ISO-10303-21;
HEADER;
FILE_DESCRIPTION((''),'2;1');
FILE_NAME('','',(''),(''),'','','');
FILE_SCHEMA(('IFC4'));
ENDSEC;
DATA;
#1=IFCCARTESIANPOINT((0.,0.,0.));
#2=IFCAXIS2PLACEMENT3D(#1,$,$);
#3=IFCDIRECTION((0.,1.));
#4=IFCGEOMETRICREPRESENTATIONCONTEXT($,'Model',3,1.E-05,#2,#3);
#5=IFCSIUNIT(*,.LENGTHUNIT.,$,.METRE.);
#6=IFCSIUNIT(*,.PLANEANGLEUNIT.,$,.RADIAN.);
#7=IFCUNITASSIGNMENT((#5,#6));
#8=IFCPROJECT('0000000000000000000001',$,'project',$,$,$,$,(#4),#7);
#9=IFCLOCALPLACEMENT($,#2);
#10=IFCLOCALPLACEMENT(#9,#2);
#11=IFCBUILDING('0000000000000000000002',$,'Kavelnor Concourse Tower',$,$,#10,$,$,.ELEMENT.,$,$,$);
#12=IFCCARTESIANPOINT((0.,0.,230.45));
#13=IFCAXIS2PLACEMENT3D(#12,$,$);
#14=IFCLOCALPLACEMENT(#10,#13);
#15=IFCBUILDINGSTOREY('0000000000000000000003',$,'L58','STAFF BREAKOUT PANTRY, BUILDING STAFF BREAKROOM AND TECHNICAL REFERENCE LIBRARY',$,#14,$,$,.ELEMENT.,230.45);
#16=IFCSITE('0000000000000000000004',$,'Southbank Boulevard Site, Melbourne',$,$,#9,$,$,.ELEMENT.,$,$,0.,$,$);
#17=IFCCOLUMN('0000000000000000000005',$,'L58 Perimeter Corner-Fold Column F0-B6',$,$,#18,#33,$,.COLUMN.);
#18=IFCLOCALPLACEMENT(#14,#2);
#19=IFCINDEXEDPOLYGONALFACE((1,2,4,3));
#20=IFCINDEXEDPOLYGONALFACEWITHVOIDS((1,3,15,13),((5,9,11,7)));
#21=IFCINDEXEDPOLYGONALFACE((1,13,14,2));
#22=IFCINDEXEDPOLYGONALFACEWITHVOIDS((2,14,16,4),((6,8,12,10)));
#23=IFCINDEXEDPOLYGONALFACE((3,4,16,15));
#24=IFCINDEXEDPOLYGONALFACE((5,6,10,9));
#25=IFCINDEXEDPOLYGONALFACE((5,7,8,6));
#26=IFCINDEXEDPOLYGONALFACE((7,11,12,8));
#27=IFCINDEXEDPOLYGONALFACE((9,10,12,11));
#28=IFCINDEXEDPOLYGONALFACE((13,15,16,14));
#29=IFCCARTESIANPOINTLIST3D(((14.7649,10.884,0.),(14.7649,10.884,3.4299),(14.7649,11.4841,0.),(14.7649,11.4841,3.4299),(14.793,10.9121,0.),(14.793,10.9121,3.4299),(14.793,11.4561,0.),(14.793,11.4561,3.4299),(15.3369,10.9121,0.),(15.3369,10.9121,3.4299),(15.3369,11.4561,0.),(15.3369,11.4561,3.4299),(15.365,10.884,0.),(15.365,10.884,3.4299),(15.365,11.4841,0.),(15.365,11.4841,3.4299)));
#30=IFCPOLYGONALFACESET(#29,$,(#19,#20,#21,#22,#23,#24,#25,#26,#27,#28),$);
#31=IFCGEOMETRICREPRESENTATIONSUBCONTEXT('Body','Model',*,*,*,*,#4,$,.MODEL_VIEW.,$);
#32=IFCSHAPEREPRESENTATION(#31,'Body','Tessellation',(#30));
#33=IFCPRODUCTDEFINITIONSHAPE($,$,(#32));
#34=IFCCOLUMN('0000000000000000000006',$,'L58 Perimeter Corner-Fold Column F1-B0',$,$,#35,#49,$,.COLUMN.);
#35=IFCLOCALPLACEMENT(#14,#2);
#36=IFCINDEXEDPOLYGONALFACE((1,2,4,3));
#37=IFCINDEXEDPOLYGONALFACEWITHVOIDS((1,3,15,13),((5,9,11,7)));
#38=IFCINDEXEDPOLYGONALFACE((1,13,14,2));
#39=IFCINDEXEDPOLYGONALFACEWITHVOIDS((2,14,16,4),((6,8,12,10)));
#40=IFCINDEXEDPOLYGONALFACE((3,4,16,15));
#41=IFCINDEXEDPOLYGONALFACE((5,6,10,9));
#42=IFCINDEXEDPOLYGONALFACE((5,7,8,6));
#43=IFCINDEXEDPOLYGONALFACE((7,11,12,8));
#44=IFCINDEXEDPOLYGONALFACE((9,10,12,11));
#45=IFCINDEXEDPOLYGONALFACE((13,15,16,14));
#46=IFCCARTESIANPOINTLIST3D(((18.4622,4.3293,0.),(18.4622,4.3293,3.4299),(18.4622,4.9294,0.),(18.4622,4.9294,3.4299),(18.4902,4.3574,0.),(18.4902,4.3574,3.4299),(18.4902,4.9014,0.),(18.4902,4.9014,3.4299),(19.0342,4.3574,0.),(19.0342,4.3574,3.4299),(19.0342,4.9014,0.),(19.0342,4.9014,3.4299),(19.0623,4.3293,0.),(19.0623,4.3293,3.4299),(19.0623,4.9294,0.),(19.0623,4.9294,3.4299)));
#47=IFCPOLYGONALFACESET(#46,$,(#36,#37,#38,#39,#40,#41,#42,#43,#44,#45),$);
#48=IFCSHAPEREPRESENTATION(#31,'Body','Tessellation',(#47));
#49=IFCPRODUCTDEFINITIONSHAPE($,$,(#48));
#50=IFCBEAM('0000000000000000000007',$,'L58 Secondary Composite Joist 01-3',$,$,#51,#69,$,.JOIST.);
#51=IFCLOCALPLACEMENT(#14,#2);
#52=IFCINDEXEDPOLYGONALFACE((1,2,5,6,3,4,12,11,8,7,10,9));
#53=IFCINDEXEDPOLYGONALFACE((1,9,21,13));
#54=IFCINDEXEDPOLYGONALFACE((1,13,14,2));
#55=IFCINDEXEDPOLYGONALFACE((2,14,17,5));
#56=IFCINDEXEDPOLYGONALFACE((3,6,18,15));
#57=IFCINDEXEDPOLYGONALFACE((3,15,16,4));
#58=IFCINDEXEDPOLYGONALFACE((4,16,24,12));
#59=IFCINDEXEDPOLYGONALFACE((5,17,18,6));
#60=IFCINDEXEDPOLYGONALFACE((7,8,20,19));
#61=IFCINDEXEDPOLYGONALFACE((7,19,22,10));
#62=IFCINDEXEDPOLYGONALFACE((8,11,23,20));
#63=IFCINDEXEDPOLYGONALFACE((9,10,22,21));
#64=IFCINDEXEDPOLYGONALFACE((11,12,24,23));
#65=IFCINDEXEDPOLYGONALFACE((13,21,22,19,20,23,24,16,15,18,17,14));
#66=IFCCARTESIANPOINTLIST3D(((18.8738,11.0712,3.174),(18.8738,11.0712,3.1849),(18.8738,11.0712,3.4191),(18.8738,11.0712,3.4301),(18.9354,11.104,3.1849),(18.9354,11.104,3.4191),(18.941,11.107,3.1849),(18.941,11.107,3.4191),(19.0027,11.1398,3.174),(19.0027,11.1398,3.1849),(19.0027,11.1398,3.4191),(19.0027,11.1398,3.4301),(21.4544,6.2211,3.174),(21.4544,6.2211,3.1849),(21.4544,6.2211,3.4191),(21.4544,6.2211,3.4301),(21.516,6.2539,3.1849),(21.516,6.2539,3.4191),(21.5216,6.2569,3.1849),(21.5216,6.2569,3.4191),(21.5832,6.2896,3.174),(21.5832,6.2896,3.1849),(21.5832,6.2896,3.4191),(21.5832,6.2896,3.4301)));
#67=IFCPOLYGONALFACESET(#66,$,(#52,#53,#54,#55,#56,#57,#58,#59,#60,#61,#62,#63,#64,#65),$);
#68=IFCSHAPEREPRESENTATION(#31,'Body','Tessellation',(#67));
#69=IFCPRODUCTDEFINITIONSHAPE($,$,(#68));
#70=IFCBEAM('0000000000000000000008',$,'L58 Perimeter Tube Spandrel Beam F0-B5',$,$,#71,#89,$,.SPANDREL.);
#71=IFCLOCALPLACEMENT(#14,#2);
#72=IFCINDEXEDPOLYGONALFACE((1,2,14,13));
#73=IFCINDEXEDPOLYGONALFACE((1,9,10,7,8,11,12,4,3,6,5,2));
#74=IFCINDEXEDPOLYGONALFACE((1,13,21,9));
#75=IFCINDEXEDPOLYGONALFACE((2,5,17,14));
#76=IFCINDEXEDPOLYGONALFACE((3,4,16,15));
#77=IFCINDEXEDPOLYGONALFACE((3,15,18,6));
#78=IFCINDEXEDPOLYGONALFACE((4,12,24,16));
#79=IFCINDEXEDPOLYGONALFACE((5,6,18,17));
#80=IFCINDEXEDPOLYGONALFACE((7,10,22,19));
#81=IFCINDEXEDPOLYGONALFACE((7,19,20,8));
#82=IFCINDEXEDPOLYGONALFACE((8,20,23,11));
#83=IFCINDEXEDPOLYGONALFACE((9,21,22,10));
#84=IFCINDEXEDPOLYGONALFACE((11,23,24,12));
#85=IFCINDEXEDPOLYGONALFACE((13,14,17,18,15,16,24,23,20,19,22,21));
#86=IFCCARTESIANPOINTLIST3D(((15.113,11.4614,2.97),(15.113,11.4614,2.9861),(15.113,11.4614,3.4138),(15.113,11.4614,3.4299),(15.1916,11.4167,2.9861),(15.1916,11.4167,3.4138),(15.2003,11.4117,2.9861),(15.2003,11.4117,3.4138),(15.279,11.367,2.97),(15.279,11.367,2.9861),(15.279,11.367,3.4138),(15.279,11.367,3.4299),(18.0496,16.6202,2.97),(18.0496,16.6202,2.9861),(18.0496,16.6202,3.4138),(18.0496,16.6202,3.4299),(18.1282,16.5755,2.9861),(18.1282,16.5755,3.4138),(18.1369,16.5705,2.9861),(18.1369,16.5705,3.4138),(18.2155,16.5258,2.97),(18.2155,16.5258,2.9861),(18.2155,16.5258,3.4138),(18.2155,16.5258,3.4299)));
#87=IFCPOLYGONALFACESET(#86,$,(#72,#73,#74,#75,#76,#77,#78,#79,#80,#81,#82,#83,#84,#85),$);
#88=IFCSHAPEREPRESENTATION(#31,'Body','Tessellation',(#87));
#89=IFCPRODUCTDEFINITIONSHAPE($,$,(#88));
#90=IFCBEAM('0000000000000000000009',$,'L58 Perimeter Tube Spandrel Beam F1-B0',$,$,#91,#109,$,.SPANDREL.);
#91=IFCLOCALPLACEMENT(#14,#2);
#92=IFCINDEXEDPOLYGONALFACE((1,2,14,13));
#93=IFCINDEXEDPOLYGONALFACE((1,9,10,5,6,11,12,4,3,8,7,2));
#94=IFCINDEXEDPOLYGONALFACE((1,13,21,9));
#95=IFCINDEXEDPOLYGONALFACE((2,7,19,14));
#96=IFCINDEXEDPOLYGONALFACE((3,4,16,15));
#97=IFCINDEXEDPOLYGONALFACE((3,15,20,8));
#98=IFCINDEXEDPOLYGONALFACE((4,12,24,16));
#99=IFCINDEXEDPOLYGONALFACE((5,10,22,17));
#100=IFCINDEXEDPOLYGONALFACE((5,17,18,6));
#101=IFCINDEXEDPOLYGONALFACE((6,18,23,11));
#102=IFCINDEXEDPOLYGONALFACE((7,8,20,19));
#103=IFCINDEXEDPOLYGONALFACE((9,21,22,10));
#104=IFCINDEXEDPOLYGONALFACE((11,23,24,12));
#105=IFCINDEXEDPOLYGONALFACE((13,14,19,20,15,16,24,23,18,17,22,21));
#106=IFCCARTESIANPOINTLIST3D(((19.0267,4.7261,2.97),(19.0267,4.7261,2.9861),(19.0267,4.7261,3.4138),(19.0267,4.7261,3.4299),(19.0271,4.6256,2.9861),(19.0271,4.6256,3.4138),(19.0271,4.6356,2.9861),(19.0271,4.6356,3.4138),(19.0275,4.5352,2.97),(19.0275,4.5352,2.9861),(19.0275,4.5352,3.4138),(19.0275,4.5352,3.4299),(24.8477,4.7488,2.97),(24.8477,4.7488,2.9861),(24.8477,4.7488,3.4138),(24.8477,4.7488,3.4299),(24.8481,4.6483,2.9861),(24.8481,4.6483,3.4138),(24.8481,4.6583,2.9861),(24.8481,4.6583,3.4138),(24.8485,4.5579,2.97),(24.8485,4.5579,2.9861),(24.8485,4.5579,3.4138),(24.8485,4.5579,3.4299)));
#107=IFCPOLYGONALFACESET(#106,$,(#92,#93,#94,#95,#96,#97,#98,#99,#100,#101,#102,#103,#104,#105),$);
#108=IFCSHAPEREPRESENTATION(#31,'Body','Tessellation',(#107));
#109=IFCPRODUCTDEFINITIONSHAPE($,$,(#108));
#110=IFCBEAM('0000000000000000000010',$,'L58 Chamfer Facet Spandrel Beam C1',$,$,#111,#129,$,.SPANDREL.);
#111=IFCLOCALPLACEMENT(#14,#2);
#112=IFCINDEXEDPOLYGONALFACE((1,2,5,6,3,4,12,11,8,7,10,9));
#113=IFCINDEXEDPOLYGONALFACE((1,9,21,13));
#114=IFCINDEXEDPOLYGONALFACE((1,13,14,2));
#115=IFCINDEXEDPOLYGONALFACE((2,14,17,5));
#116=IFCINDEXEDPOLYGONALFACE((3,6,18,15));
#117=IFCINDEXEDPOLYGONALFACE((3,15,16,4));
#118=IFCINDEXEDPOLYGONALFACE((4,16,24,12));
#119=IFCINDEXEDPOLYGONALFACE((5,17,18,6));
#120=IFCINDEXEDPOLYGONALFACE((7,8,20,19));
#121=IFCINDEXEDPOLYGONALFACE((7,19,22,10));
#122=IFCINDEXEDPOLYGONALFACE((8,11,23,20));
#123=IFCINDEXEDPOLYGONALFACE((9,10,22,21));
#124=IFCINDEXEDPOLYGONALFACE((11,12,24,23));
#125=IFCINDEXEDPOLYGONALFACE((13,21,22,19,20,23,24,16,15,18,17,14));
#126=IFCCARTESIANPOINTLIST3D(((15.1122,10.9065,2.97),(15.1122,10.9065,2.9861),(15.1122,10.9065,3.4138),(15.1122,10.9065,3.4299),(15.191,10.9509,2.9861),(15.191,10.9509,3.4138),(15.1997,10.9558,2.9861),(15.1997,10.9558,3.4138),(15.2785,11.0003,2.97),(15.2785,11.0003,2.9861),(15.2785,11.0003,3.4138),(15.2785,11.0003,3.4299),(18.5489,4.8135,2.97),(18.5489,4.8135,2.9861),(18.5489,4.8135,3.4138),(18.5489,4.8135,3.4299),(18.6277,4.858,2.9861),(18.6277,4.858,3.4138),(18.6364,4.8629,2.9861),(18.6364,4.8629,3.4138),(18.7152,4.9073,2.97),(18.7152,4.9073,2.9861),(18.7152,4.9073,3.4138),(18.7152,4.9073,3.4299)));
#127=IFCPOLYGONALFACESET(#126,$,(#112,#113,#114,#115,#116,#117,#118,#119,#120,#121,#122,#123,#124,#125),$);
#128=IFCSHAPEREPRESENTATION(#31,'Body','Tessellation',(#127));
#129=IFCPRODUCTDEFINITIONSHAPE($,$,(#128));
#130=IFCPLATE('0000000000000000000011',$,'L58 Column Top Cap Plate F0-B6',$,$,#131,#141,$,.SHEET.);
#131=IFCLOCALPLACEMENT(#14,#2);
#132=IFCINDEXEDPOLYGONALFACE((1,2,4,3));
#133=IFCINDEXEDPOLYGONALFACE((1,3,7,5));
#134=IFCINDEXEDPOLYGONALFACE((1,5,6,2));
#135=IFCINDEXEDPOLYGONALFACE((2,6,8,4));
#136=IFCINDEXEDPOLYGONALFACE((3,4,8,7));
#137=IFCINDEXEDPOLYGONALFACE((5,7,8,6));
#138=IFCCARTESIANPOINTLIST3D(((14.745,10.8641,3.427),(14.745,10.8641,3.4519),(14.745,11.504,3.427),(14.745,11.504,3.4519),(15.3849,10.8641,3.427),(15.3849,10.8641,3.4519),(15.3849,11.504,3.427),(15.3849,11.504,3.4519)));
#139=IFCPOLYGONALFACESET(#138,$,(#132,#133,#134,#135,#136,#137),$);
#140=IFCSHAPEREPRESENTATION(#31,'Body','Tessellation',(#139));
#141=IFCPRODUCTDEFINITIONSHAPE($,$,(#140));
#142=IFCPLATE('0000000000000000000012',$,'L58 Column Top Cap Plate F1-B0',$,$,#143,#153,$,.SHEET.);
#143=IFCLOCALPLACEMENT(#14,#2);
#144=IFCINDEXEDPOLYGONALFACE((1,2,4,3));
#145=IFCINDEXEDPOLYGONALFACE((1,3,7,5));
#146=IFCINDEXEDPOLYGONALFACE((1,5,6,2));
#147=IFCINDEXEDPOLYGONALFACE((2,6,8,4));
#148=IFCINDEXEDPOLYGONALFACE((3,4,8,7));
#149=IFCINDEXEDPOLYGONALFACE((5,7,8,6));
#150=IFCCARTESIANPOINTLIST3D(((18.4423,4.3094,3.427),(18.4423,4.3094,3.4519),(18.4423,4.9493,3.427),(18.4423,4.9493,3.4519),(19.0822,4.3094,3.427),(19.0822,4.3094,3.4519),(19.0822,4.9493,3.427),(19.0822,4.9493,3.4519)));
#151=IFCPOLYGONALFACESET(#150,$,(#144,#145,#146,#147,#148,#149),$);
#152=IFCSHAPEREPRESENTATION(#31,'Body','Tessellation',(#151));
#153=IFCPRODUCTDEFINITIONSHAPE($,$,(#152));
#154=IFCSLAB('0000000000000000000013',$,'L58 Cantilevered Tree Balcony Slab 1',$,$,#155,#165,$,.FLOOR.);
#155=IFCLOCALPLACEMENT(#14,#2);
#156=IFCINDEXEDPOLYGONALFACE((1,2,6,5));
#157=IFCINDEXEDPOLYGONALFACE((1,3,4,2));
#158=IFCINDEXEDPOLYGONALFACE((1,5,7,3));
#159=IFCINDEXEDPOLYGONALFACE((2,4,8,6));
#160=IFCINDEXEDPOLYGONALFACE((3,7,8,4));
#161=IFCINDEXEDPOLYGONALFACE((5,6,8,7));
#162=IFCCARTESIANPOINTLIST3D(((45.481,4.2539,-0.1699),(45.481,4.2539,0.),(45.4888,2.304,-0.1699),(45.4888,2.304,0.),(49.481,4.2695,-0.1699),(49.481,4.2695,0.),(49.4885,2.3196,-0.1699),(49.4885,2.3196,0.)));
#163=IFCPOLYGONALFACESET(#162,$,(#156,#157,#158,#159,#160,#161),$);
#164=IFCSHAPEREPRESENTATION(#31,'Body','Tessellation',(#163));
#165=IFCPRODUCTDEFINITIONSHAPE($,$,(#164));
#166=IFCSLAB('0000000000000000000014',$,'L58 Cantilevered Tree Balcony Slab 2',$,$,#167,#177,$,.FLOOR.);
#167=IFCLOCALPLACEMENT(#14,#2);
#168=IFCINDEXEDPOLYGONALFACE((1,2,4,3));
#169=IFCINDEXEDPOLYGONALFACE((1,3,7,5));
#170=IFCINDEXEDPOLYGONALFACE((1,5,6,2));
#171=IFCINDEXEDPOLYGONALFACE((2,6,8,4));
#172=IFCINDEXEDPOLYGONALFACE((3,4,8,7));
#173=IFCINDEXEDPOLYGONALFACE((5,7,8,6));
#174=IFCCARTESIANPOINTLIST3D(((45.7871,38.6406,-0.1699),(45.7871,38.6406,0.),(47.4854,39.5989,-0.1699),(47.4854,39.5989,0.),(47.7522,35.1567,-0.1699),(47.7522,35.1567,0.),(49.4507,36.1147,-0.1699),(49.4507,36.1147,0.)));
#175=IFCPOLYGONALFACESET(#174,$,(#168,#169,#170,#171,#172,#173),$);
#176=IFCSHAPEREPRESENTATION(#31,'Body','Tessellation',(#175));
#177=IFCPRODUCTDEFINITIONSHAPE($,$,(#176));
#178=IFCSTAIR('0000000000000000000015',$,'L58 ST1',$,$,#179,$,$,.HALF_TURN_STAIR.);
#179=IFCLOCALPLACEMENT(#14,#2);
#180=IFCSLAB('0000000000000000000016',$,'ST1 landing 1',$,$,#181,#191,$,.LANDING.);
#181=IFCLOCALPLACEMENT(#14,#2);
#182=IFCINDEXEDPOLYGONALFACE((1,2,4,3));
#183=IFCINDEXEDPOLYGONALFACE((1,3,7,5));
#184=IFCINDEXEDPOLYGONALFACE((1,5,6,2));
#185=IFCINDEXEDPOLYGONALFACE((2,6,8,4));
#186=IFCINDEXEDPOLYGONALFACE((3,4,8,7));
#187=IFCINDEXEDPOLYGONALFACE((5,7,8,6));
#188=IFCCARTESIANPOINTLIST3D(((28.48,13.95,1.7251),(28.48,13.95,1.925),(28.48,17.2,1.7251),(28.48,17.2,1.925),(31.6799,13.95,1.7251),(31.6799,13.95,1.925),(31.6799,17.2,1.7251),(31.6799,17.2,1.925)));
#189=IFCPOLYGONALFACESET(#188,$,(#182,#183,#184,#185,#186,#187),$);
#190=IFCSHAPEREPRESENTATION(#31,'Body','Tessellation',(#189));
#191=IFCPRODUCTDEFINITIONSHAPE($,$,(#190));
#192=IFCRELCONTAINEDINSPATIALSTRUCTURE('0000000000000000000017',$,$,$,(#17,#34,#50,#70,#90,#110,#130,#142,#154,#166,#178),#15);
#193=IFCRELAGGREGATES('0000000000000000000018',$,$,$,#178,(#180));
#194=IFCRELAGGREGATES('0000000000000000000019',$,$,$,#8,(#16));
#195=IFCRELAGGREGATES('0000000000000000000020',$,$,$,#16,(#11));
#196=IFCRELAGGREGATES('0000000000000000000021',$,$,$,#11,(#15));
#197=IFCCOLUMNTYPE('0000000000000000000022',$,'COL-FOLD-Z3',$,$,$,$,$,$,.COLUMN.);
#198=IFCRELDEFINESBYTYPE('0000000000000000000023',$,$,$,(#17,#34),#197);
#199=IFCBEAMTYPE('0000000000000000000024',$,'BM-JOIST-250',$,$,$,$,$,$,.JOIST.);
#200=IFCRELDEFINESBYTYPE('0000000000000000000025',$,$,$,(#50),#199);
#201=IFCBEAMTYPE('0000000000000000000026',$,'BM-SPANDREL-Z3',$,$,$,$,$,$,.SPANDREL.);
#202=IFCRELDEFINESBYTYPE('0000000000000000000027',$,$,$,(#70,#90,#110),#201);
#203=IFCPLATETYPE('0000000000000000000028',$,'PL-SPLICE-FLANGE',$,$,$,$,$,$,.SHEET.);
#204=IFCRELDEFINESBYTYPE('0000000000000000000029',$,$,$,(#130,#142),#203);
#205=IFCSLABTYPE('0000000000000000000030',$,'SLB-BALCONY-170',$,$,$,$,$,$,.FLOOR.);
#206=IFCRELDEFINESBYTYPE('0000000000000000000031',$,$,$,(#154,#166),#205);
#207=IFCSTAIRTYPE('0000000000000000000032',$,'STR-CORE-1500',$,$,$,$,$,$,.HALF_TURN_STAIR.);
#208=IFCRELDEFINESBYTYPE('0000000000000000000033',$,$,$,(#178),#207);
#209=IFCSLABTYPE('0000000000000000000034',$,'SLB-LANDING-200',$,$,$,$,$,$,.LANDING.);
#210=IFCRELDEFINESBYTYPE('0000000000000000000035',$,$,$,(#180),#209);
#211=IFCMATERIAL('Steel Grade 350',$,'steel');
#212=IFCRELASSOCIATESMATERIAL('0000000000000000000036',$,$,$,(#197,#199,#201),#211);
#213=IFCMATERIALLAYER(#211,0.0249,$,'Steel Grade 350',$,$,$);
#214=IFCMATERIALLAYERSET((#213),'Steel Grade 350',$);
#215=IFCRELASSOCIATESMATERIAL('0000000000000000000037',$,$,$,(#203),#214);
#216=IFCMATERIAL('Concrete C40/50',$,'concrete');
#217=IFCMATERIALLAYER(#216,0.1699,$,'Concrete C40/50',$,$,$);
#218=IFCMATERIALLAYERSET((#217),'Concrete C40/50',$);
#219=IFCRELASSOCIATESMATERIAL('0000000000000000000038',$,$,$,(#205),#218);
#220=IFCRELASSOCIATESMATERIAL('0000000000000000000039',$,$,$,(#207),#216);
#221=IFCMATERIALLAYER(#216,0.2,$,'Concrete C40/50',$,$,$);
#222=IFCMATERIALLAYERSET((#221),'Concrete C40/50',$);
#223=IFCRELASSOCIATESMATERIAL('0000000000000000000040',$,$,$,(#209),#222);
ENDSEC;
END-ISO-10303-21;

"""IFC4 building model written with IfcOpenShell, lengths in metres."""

from ifc_helpers import new_model, si_unit, direction, frame, origin, origin_2d, place, context, subcontext, project, spatial, polyline, rectangle, hollow_rectangle, i_section, outline, extrude, material, layer, layer_set, material_profile, profile_set, type_object, element, aggregate, save


model = new_model("IFC4")

# Units and contexts
model_context = context("Model", 3, precision=1e-05, world=origin(), true_north=direction((0.0, 1.0)))
body_context = subcontext(model_context, "Body", "Model", "MODEL_VIEW")
ifc_project = project(units=[si_unit("LENGTHUNIT", "METRE"), si_unit("PLANEANGLEUNIT", "RADIAN")], contexts=[model_context])

# Site, building, storey
site_placement = place(None, origin())
site = spatial("IfcSite", under=ifc_project, at=site_placement, Name="Southbank Boulevard Site, Melbourne", CompositionType="ELEMENT", RefElevation=0.0)
building_placement = place(site_placement, origin())
building = spatial("IfcBuilding", under=site, at=building_placement, Name="Kavelnor Concourse Tower", CompositionType="ELEMENT")
storey_placement = place(building_placement, frame((0.0, 0.0, 230.45)))
storey = spatial("IfcBuildingStorey", under=building, at=storey_placement, Name="L58", Description="STAFF BREAKOUT PANTRY, BUILDING STAFF BREAKROOM AND TECHNICAL REFERENCE LIBRARY", CompositionType="ELEMENT", Elevation=230.45)

# Columns
ifc_material_1 = material(Name="Steel Grade 350", Category="steel")
ifc_material_profile_1 = material_profile(ifc_material_1, hollow_rectangle(XDim=0.6001, YDim=0.6001, WallThickness=0.0281, at=origin_2d()), Name="SHS 600x600x28")
ifc_profile_set_1 = profile_set([ifc_material_profile_1], Name="Steel Grade 350")
column_type = type_object("IfcColumnType", Name="COL-FOLD-Z3", PredefinedType="COLUMN", material=ifc_profile_set_1)
for number, where, z_axis, x_axis, name in (
    (1, (15.0649, 11.1841, 0.0), (0.0, 0.0, 1.0), (1.0, 0.0, 0.0), "L58 Perimeter Corner-Fold Column F0-B6"),
    (2, (18.7622, 4.6294, 0.0), (0.0, 0.0, 1.0), (1.0, 0.0, 0.0), "L58 Perimeter Corner-Fold Column F1-B0"),
):
    element("IfcColumn", number, at=place(storey_placement, frame(where, z_axis=z_axis, x_axis=x_axis)), inside=storey, type_object=column_type, Name=name, PredefinedType="COLUMN", context=body_context, shape_type="SweptSolid", body=[
        extrude(hollow_rectangle(XDim=0.6001, YDim=0.6001, WallThickness=0.0281, at=origin_2d()), origin(), (0.0, 0.0, 1.0), 3.4299),
    ])

# Beams
ifc_material_profile_2 = material_profile(ifc_material_1, i_section(OverallWidth=0.146, OverallDepth=0.2561, WebThickness=0.0063, FlangeThickness=0.011, at=origin_2d()), Name="250UB37")
ifc_profile_set_2 = profile_set([ifc_material_profile_2], Name="Steel Grade 350")
beam_type_1 = type_object("IfcBeamType", Name="BM-JOIST-250", PredefinedType="JOIST", material=ifc_profile_set_2)
beam_1_placement = place(storey_placement, frame((18.9382, 11.1055, 3.302), z_axis=(0.469716, -0.882818, 0.0), x_axis=(0.882818, 0.469716, 0.0)))
element("IfcBeam", 3, at=beam_1_placement, inside=storey, type_object=beam_type_1, Name="L58 Secondary Composite Joist 01-3", PredefinedType="JOIST", context=body_context, shape_type="SweptSolid", body=[
    extrude(i_section(OverallWidth=0.146, OverallDepth=0.2561, WebThickness=0.0063, FlangeThickness=0.011, at=origin_2d()), origin(), (0.0, 0.0, 1.0), 5.4939),
])
ifc_material_profile_3 = material_profile(ifc_material_1, i_section(OverallWidth=0.1909, OverallDepth=0.46, WebThickness=0.01, FlangeThickness=0.0161, at=origin_2d()), Name="460UB82")
ifc_profile_set_3 = profile_set([ifc_material_profile_3], Name="Steel Grade 350")
beam_type_2 = type_object("IfcBeamType", Name="BM-SPANDREL-Z3", PredefinedType="SPANDREL", material=ifc_profile_set_3)
beam_2_placement = place(storey_placement, frame((18.1326, 16.573, 3.2), z_axis=(-0.494703, -0.869062, 0.0), x_axis=(0.869062, -0.494703, 0.0)))
element("IfcBeam", 4, at=beam_2_placement, inside=storey, type_object=beam_type_2, Name="L58 Perimeter Tube Spandrel Beam F0-B5", PredefinedType="SPANDREL", context=body_context, shape_type="SweptSolid", body=[
    extrude(i_section(OverallWidth=0.1909, OverallDepth=0.46, WebThickness=0.01, FlangeThickness=0.0161, at=origin_2d()), origin(), (0.0, 0.0, 1.0), 5.936),
])
beam_3_placement = place(storey_placement, frame((19.0271, 4.6306, 3.2), z_axis=(0.999992, 0.0039, 0.0), x_axis=(-0.0039, 0.999992, 0.0)))
element("IfcBeam", 5, at=beam_3_placement, inside=storey, type_object=beam_type_2, Name="L58 Perimeter Tube Spandrel Beam F1-B0", PredefinedType="SPANDREL", context=body_context, shape_type="SweptSolid", body=[
    extrude(i_section(OverallWidth=0.1909, OverallDepth=0.46, WebThickness=0.01, FlangeThickness=0.0161, at=origin_2d()), origin(), (0.0, 0.0, 1.0), 5.821),
])
beam_4_placement = place(storey_placement, frame((15.1953, 10.9534, 3.2), z_axis=(0.491287, -0.870998, 0.0), x_axis=(0.870998, 0.491287, 0.0)))
element("IfcBeam", 6, at=beam_4_placement, inside=storey, type_object=beam_type_2, Name="L58 Chamfer Facet Spandrel Beam C1", PredefinedType="SPANDREL", context=body_context, shape_type="SweptSolid", body=[
    extrude(i_section(OverallWidth=0.1909, OverallDepth=0.46, WebThickness=0.01, FlangeThickness=0.0161, at=origin_2d()), origin(), (0.0, 0.0, 1.0), 6.9954),
])

# Plates
ifc_layer_1 = layer(ifc_material_1, 0.0249, Name="Steel Grade 350")
ifc_layer_set_1 = layer_set([ifc_layer_1], Name="Steel Grade 350")
plate_type = type_object("IfcPlateType", Name="PL-SPLICE-FLANGE", PredefinedType="SHEET", material=ifc_layer_set_1)
for number, where, z_axis, x_axis, name in (
    (7, (15.0649, 11.1841, 3.427), (0.0, 0.0, 1.0), (1.0, 0.0, 0.0), "L58 Column Top Cap Plate F0-B6"),
    (8, (18.7622, 4.6294, 3.427), (0.0, 0.0, 1.0), (1.0, 0.0, 0.0), "L58 Column Top Cap Plate F1-B0"),
):
    element("IfcPlate", number, at=place(storey_placement, frame(where, z_axis=z_axis, x_axis=x_axis)), inside=storey, type_object=plate_type, Name=name, PredefinedType="SHEET", context=body_context, shape_type="SweptSolid", body=[
        extrude(rectangle(XDim=0.6399, YDim=0.6399, at=origin_2d()), origin(), (0.0, 0.0, 1.0), 0.0249),
    ])

# Slabs
ifc_material_2 = material(Name="Concrete C40/50", Category="concrete")
ifc_layer_2 = layer(ifc_material_2, 0.1699, Name="Concrete C40/50")
ifc_layer_set_2 = layer_set([ifc_layer_2], Name="Concrete C40/50")
slab_type_1 = type_object("IfcSlabType", Name="SLB-BALCONY-170", PredefinedType="FLOOR", material=ifc_layer_set_2)
slab_1_placement = place(storey_placement, frame((0.0, 0.0, -0.1699)))
element("IfcSlab", 9, at=slab_1_placement, inside=storey, type_object=slab_type_1, Name="L58 Cantilevered Tree Balcony Slab 1", PredefinedType="FLOOR", context=body_context, shape_type="SweptSolid", body=[
    extrude(outline(polyline([(49.4885, 2.3196), (45.4888, 2.304), (45.481, 4.2539), (49.481, 4.2695), (49.4885, 2.3196)])), origin(), (0.0, 0.0, 1.0), 0.1699),
])
slab_2_placement = place(storey_placement, frame((0.0, 0.0, -0.1699)))
element("IfcSlab", 10, at=slab_2_placement, inside=storey, type_object=slab_type_1, Name="L58 Cantilevered Tree Balcony Slab 2", PredefinedType="FLOOR", context=body_context, shape_type="SweptSolid", body=[
    extrude(outline(polyline([(47.4854, 39.5989), (49.4507, 36.1147), (47.7522, 35.1567), (45.7871, 38.6406), (47.4854, 39.5989)])), origin(), (0.0, 0.0, 1.0), 0.1699),
])

# Stair, slab
stair_type = type_object("IfcStairType", Name="STR-CORE-1500", PredefinedType="HALF_TURN_STAIR", material=ifc_material_2)
stair_1_placement = place(storey_placement, origin())
stair_1 = element("IfcStair", 11, at=stair_1_placement, inside=storey, type_object=stair_type, Name="L58 ST1", PredefinedType="HALF_TURN_STAIR")
ifc_layer_3 = layer(ifc_material_2, 0.2, Name="Concrete C40/50")
ifc_layer_set_3 = layer_set([ifc_layer_3], Name="Concrete C40/50")
slab_type_2 = type_object("IfcSlabType", Name="SLB-LANDING-200", PredefinedType="LANDING", material=ifc_layer_set_3)
slab_3_placement = place(storey_placement, frame((0.0, 0.0, 1.7251)))
slab_3 = element("IfcSlab", 12, at=slab_3_placement, type_object=slab_type_2, Name="ST1 landing 1", PredefinedType="LANDING", context=body_context, shape_type="SweptSolid", body=[
    extrude(outline(polyline([(31.6799, 13.95), (31.6799, 17.2), (28.48, 17.2), (28.48, 13.95), (31.6799, 13.95)])), origin(), (0.0, 0.0, 1.0), 0.2),
])
aggregate(stair_1, [slab_3])

save(model, "model.ifc")
